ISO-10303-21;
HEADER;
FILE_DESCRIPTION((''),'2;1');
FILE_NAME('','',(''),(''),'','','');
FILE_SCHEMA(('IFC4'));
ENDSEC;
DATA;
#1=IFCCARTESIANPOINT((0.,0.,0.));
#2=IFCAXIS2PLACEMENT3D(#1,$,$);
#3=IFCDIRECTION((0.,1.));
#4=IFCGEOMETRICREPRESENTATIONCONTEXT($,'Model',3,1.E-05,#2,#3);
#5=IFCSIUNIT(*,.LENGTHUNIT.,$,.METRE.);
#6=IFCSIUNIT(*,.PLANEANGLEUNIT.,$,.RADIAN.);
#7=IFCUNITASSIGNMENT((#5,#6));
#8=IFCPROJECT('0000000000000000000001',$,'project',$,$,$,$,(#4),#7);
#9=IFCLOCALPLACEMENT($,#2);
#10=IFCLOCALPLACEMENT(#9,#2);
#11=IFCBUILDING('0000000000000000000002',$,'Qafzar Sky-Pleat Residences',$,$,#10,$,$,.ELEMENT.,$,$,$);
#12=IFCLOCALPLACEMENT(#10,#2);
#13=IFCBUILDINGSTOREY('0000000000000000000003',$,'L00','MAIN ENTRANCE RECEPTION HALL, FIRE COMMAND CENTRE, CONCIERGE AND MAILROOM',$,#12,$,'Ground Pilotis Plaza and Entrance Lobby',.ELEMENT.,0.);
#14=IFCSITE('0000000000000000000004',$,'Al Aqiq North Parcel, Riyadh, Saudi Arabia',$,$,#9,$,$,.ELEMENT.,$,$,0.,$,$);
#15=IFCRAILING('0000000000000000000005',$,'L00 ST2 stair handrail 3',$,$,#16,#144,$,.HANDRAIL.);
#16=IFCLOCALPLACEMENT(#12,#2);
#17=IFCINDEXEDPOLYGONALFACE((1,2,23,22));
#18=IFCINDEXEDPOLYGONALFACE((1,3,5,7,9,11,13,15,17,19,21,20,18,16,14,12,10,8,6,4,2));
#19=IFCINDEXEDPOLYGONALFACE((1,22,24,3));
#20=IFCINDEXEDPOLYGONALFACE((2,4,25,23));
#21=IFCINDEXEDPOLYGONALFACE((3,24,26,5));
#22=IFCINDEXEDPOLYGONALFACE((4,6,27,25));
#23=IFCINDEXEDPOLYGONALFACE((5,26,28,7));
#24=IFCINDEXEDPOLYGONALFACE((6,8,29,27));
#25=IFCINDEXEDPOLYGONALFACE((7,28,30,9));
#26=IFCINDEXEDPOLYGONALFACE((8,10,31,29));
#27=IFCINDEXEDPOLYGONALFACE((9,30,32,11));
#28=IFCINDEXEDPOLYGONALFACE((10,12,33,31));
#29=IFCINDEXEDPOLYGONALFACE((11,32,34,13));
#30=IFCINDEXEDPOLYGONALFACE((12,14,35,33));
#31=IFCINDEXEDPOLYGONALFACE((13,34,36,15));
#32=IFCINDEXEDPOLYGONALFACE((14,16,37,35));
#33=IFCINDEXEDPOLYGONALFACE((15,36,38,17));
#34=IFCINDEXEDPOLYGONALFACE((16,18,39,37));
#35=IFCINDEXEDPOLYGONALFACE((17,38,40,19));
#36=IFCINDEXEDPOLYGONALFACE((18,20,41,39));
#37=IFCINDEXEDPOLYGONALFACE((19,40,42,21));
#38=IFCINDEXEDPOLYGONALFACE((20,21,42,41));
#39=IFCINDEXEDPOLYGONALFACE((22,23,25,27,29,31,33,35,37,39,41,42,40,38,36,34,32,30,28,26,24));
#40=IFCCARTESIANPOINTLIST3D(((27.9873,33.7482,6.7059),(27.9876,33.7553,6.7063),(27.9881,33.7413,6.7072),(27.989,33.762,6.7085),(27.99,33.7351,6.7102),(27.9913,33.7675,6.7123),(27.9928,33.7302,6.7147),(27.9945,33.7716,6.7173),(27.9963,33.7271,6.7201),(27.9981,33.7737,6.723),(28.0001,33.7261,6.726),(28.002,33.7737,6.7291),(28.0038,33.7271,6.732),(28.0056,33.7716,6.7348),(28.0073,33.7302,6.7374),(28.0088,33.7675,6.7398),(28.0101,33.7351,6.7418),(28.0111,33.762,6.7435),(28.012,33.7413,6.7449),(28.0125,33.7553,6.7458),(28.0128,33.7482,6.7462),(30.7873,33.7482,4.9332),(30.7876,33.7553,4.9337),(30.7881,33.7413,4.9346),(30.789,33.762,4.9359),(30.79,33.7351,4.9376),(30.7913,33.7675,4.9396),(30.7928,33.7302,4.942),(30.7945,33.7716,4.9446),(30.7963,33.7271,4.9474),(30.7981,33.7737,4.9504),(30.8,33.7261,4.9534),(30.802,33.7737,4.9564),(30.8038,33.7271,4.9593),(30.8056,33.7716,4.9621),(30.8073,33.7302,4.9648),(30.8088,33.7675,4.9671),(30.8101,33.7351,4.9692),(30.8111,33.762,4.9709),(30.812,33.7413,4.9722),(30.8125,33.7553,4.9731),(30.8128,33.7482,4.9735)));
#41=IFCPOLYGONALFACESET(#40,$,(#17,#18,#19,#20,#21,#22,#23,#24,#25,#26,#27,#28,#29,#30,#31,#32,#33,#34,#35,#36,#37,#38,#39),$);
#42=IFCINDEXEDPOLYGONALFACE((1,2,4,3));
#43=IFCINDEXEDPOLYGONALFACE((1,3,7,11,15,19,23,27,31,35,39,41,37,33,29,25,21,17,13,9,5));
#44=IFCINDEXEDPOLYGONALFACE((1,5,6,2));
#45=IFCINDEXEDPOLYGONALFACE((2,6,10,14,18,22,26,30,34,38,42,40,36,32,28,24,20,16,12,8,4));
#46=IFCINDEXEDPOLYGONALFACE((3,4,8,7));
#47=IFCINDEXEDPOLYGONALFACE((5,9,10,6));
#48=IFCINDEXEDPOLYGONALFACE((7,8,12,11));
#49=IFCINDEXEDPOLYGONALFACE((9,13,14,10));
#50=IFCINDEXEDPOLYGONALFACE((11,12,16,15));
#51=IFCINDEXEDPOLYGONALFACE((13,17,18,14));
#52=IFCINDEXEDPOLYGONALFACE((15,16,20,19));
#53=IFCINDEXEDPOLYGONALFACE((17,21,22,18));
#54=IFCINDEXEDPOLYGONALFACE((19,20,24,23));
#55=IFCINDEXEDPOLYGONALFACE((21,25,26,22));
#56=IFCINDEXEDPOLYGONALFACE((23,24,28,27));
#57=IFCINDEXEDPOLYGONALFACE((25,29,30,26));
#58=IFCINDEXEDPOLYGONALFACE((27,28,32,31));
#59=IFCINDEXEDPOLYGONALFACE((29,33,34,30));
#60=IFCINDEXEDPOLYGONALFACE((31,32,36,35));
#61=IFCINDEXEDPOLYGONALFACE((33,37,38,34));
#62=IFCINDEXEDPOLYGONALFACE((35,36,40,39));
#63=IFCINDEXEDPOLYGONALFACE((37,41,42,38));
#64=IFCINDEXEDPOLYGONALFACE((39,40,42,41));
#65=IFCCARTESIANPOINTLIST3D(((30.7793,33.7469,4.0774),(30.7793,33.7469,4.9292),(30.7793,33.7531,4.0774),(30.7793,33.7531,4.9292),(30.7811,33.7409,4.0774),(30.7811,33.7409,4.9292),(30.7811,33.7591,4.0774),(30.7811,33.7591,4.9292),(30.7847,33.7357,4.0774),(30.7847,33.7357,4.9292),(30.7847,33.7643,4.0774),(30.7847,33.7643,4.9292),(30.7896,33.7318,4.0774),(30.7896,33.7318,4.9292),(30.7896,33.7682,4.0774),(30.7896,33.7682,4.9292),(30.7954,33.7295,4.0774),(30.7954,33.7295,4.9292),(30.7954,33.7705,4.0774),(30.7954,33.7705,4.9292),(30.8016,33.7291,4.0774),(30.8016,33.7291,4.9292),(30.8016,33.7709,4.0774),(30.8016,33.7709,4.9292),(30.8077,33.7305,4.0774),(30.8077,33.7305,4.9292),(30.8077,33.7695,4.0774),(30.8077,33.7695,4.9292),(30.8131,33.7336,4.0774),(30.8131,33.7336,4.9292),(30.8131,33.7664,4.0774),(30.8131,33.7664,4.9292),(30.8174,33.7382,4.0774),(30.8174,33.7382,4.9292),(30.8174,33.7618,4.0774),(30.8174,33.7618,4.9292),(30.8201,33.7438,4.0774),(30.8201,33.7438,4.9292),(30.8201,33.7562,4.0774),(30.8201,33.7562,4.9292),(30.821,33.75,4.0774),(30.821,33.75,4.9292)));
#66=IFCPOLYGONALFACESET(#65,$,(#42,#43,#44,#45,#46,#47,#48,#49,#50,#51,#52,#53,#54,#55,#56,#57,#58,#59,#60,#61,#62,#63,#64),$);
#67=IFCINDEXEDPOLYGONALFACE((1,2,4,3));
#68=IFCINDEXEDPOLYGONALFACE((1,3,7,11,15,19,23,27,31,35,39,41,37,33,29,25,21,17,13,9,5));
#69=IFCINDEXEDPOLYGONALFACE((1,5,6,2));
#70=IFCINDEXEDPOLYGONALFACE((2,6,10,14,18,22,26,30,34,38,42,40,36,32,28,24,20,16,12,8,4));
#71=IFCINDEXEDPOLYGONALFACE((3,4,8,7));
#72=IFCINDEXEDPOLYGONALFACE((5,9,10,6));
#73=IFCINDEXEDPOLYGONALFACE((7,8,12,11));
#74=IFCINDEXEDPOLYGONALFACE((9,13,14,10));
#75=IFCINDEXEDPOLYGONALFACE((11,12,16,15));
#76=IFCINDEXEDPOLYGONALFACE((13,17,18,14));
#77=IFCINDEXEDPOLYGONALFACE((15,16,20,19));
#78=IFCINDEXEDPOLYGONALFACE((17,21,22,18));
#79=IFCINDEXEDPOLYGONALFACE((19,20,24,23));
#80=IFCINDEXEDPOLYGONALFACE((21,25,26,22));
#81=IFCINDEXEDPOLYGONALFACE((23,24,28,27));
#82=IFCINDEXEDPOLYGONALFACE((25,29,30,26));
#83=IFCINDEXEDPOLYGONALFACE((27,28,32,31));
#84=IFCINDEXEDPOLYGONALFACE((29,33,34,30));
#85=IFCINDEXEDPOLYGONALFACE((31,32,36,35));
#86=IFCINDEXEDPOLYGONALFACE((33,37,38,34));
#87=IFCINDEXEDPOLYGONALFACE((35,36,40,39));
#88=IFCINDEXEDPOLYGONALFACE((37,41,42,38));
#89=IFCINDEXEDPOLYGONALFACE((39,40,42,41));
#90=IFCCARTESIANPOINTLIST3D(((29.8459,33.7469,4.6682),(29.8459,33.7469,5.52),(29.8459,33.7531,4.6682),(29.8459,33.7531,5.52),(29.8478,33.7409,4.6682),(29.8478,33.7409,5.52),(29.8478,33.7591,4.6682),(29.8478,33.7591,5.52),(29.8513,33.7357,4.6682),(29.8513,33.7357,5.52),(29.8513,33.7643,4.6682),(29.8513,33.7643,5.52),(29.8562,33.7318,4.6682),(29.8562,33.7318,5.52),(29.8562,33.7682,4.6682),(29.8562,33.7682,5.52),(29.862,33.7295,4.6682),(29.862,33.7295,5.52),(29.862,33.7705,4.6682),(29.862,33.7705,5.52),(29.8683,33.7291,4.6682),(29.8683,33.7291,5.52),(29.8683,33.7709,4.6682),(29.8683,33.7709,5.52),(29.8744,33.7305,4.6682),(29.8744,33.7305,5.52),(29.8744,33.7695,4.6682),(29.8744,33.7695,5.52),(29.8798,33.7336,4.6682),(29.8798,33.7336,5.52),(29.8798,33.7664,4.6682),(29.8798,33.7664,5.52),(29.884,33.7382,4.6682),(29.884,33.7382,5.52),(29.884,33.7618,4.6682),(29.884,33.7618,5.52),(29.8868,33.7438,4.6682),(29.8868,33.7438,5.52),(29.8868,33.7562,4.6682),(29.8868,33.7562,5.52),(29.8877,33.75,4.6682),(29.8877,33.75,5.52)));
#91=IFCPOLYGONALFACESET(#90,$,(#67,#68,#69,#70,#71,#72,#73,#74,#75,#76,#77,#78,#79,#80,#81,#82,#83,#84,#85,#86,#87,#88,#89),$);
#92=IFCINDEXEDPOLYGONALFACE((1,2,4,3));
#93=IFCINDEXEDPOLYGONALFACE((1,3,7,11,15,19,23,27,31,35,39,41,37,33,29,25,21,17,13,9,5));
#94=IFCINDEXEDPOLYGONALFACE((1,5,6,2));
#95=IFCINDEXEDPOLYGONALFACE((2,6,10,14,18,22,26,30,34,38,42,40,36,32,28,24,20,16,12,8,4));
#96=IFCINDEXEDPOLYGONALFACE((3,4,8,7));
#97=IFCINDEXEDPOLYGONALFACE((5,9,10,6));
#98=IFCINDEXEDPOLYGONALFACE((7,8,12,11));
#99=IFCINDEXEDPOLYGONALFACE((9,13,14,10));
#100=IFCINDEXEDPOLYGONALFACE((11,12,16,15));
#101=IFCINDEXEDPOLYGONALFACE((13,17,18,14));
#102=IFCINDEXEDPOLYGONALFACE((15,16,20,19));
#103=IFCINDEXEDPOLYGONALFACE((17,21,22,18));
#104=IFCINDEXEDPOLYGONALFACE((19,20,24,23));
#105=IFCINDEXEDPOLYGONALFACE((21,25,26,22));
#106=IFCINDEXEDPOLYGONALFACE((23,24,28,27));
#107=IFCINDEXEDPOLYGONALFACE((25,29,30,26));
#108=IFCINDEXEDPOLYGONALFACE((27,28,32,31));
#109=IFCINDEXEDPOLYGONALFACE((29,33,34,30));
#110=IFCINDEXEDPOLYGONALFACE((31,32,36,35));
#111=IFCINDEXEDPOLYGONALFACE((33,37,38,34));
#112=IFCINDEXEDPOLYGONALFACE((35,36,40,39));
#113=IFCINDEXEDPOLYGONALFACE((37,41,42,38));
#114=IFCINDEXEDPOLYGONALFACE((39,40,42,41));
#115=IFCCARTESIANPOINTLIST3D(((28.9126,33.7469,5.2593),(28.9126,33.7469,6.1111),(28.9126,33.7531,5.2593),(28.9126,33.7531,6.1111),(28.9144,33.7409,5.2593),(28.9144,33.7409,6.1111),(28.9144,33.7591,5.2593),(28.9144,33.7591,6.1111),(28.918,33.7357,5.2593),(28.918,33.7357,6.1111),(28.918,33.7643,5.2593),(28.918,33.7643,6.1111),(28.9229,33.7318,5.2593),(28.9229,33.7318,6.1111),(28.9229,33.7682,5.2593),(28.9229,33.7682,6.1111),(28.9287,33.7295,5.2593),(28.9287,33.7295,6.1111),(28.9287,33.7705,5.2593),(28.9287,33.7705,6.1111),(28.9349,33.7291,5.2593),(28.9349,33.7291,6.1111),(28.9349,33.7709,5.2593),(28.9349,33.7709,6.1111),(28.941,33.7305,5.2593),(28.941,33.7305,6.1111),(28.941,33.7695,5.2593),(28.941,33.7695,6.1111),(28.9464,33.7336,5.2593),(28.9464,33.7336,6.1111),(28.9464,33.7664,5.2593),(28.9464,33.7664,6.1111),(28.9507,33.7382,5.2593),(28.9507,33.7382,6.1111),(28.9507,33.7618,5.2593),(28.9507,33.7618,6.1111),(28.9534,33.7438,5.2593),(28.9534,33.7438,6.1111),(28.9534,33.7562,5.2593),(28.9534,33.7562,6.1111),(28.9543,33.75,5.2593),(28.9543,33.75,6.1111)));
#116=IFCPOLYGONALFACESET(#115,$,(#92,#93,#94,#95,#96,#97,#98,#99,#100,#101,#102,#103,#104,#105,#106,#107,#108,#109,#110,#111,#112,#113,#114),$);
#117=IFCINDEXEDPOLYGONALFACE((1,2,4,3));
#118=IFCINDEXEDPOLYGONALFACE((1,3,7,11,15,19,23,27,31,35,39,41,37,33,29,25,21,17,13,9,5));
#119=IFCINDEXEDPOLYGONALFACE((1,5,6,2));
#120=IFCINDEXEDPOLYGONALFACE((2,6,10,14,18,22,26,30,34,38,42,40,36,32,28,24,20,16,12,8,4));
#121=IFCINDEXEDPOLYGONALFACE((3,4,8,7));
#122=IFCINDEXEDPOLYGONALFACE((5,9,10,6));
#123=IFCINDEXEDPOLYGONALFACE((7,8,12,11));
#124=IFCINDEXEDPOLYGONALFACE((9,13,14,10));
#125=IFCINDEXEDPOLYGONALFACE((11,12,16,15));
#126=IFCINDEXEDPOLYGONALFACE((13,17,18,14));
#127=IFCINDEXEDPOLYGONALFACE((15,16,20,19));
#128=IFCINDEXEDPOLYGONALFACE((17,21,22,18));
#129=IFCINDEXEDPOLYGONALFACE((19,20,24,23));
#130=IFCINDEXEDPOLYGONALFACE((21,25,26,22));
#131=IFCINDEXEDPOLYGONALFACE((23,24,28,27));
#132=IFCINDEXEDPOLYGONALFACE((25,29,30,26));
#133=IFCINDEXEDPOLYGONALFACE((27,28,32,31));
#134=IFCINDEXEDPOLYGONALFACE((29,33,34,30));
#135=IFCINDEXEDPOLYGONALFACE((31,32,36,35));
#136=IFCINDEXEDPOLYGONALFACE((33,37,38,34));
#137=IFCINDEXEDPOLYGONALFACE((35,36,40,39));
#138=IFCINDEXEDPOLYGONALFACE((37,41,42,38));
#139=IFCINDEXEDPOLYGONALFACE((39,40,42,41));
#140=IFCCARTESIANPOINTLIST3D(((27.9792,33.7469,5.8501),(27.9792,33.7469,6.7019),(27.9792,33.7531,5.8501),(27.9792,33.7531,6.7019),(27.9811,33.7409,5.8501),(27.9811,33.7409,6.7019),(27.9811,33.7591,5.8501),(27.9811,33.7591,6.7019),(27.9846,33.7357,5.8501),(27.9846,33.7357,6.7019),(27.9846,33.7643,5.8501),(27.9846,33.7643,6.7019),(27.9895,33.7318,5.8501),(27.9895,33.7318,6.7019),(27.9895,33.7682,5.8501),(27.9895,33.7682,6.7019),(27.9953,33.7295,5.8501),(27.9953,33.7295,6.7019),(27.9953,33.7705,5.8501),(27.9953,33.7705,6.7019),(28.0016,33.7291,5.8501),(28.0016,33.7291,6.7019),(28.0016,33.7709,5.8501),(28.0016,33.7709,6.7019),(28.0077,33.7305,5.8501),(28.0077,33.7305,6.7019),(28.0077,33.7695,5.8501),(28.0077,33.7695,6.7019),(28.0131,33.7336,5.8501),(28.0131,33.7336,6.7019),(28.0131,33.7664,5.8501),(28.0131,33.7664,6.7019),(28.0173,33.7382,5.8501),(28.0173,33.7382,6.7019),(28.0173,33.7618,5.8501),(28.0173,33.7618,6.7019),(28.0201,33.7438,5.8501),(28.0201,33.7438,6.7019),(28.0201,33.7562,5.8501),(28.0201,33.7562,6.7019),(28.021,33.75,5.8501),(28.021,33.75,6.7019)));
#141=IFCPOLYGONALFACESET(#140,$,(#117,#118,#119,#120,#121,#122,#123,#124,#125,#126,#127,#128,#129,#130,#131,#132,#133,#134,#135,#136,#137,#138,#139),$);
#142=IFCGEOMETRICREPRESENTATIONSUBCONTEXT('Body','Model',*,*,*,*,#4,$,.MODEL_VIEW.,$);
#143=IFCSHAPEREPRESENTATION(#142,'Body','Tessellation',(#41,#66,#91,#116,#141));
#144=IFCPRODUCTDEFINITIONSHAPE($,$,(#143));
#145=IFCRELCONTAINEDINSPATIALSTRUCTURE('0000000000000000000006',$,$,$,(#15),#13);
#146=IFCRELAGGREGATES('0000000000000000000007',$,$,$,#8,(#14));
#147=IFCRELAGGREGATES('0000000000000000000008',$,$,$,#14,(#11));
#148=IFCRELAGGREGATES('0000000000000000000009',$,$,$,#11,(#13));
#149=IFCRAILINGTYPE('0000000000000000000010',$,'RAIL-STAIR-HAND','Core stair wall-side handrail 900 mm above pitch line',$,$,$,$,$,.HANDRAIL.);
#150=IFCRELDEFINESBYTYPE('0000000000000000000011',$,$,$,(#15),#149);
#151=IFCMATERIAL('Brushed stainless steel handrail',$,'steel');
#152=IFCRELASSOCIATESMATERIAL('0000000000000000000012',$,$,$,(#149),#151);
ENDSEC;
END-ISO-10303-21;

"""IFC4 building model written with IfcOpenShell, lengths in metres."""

from ifc_helpers import new_model, si_unit, direction, frame, origin, origin_2d, place, context, subcontext, project, spatial, circle, extrude, source, transform, mapped, material, type_object, element, save


model = new_model("IFC4")

# Units and contexts
model_context = context("Model", 3, precision=1e-05, world=origin(), true_north=direction((0.0, 1.0)))
body_context = subcontext(model_context, "Body", "Model", "MODEL_VIEW")
ifc_project = project(units=[si_unit("LENGTHUNIT", "METRE"), si_unit("PLANEANGLEUNIT", "RADIAN")], contexts=[model_context])

# Site, building, storey
site_placement = place(None, origin())
site = spatial("IfcSite", under=ifc_project, at=site_placement, Name="Al Aqiq North Parcel, Riyadh, Saudi Arabia", CompositionType="ELEMENT", RefElevation=0.0)
building_placement = place(site_placement, origin())
building = spatial("IfcBuilding", under=site, at=building_placement, Name="Qafzar Sky-Pleat Residences", CompositionType="ELEMENT")
storey_placement = place(building_placement, origin())
storey = spatial("IfcBuildingStorey", under=building, at=storey_placement, Name="L00", Description="MAIN ENTRANCE RECEPTION HALL, FIRE COMMAND CENTRE, CONCIERGE AND MAILROOM", LongName="Ground Pilotis Plaza and Entrance Lobby", CompositionType="ELEMENT", Elevation=0.0)

# Railing
ifc_material_1 = material(Name="Brushed stainless steel handrail", Category="steel")
railing_type_1 = type_object("IfcRailingType", Name="RAIL-STAIR-HAND", Description="Core stair wall-side handrail 900 mm above pitch line", PredefinedType="HANDRAIL", material=ifc_material_1)
shared_shape_1 = source(origin(), body_context, "Body", "SweptSolid", [
    extrude(circle(Radius=0.0239, at=origin_2d()), frame((0.0, 0.0, 0.876), z_axis=(-0.844909, 0.0, 0.53491), x_axis=(0.0, -1.0, 0.0)), (0.0, 0.0, 1.0), 3.314),
    extrude(circle(Radius=0.021, at=origin_2d()), origin(), (0.0, 0.0, 1.0), 0.8518),
    extrude(circle(Radius=0.021, at=origin_2d()), frame((-0.9333, 0.0, 0.5908)), (0.0, 0.0, 1.0), 0.8518),
    extrude(circle(Radius=0.021, at=origin_2d()), frame((-1.8667, 0.0, 1.1819)), (0.0, 0.0, 1.0), 0.8518),
    extrude(circle(Radius=0.021, at=origin_2d()), frame((-2.8, 0.0, 1.7727)), (0.0, 0.0, 1.0), 0.8518),
])
for number, where, name in (
    (1, (30.8, 33.75, 4.0774), "L00 ST2 stair handrail 3"),
):
    element("IfcRailing", number, at=place(storey_placement, frame(where)), inside=storey, type_object=railing_type_1, Name=name, PredefinedType="HANDRAIL", context=body_context, shape_type="MappedRepresentation", body=[
        mapped(shared_shape_1, transform((0.0, 0.0, 0.0), x_axis=(1.0, 0.0, 0.0), y_axis=(0.0, 1.0, 0.0), z_axis=(0.0, 0.0, 1.0), scale=1.0)),
    ])

save(model, "model.ifc")
